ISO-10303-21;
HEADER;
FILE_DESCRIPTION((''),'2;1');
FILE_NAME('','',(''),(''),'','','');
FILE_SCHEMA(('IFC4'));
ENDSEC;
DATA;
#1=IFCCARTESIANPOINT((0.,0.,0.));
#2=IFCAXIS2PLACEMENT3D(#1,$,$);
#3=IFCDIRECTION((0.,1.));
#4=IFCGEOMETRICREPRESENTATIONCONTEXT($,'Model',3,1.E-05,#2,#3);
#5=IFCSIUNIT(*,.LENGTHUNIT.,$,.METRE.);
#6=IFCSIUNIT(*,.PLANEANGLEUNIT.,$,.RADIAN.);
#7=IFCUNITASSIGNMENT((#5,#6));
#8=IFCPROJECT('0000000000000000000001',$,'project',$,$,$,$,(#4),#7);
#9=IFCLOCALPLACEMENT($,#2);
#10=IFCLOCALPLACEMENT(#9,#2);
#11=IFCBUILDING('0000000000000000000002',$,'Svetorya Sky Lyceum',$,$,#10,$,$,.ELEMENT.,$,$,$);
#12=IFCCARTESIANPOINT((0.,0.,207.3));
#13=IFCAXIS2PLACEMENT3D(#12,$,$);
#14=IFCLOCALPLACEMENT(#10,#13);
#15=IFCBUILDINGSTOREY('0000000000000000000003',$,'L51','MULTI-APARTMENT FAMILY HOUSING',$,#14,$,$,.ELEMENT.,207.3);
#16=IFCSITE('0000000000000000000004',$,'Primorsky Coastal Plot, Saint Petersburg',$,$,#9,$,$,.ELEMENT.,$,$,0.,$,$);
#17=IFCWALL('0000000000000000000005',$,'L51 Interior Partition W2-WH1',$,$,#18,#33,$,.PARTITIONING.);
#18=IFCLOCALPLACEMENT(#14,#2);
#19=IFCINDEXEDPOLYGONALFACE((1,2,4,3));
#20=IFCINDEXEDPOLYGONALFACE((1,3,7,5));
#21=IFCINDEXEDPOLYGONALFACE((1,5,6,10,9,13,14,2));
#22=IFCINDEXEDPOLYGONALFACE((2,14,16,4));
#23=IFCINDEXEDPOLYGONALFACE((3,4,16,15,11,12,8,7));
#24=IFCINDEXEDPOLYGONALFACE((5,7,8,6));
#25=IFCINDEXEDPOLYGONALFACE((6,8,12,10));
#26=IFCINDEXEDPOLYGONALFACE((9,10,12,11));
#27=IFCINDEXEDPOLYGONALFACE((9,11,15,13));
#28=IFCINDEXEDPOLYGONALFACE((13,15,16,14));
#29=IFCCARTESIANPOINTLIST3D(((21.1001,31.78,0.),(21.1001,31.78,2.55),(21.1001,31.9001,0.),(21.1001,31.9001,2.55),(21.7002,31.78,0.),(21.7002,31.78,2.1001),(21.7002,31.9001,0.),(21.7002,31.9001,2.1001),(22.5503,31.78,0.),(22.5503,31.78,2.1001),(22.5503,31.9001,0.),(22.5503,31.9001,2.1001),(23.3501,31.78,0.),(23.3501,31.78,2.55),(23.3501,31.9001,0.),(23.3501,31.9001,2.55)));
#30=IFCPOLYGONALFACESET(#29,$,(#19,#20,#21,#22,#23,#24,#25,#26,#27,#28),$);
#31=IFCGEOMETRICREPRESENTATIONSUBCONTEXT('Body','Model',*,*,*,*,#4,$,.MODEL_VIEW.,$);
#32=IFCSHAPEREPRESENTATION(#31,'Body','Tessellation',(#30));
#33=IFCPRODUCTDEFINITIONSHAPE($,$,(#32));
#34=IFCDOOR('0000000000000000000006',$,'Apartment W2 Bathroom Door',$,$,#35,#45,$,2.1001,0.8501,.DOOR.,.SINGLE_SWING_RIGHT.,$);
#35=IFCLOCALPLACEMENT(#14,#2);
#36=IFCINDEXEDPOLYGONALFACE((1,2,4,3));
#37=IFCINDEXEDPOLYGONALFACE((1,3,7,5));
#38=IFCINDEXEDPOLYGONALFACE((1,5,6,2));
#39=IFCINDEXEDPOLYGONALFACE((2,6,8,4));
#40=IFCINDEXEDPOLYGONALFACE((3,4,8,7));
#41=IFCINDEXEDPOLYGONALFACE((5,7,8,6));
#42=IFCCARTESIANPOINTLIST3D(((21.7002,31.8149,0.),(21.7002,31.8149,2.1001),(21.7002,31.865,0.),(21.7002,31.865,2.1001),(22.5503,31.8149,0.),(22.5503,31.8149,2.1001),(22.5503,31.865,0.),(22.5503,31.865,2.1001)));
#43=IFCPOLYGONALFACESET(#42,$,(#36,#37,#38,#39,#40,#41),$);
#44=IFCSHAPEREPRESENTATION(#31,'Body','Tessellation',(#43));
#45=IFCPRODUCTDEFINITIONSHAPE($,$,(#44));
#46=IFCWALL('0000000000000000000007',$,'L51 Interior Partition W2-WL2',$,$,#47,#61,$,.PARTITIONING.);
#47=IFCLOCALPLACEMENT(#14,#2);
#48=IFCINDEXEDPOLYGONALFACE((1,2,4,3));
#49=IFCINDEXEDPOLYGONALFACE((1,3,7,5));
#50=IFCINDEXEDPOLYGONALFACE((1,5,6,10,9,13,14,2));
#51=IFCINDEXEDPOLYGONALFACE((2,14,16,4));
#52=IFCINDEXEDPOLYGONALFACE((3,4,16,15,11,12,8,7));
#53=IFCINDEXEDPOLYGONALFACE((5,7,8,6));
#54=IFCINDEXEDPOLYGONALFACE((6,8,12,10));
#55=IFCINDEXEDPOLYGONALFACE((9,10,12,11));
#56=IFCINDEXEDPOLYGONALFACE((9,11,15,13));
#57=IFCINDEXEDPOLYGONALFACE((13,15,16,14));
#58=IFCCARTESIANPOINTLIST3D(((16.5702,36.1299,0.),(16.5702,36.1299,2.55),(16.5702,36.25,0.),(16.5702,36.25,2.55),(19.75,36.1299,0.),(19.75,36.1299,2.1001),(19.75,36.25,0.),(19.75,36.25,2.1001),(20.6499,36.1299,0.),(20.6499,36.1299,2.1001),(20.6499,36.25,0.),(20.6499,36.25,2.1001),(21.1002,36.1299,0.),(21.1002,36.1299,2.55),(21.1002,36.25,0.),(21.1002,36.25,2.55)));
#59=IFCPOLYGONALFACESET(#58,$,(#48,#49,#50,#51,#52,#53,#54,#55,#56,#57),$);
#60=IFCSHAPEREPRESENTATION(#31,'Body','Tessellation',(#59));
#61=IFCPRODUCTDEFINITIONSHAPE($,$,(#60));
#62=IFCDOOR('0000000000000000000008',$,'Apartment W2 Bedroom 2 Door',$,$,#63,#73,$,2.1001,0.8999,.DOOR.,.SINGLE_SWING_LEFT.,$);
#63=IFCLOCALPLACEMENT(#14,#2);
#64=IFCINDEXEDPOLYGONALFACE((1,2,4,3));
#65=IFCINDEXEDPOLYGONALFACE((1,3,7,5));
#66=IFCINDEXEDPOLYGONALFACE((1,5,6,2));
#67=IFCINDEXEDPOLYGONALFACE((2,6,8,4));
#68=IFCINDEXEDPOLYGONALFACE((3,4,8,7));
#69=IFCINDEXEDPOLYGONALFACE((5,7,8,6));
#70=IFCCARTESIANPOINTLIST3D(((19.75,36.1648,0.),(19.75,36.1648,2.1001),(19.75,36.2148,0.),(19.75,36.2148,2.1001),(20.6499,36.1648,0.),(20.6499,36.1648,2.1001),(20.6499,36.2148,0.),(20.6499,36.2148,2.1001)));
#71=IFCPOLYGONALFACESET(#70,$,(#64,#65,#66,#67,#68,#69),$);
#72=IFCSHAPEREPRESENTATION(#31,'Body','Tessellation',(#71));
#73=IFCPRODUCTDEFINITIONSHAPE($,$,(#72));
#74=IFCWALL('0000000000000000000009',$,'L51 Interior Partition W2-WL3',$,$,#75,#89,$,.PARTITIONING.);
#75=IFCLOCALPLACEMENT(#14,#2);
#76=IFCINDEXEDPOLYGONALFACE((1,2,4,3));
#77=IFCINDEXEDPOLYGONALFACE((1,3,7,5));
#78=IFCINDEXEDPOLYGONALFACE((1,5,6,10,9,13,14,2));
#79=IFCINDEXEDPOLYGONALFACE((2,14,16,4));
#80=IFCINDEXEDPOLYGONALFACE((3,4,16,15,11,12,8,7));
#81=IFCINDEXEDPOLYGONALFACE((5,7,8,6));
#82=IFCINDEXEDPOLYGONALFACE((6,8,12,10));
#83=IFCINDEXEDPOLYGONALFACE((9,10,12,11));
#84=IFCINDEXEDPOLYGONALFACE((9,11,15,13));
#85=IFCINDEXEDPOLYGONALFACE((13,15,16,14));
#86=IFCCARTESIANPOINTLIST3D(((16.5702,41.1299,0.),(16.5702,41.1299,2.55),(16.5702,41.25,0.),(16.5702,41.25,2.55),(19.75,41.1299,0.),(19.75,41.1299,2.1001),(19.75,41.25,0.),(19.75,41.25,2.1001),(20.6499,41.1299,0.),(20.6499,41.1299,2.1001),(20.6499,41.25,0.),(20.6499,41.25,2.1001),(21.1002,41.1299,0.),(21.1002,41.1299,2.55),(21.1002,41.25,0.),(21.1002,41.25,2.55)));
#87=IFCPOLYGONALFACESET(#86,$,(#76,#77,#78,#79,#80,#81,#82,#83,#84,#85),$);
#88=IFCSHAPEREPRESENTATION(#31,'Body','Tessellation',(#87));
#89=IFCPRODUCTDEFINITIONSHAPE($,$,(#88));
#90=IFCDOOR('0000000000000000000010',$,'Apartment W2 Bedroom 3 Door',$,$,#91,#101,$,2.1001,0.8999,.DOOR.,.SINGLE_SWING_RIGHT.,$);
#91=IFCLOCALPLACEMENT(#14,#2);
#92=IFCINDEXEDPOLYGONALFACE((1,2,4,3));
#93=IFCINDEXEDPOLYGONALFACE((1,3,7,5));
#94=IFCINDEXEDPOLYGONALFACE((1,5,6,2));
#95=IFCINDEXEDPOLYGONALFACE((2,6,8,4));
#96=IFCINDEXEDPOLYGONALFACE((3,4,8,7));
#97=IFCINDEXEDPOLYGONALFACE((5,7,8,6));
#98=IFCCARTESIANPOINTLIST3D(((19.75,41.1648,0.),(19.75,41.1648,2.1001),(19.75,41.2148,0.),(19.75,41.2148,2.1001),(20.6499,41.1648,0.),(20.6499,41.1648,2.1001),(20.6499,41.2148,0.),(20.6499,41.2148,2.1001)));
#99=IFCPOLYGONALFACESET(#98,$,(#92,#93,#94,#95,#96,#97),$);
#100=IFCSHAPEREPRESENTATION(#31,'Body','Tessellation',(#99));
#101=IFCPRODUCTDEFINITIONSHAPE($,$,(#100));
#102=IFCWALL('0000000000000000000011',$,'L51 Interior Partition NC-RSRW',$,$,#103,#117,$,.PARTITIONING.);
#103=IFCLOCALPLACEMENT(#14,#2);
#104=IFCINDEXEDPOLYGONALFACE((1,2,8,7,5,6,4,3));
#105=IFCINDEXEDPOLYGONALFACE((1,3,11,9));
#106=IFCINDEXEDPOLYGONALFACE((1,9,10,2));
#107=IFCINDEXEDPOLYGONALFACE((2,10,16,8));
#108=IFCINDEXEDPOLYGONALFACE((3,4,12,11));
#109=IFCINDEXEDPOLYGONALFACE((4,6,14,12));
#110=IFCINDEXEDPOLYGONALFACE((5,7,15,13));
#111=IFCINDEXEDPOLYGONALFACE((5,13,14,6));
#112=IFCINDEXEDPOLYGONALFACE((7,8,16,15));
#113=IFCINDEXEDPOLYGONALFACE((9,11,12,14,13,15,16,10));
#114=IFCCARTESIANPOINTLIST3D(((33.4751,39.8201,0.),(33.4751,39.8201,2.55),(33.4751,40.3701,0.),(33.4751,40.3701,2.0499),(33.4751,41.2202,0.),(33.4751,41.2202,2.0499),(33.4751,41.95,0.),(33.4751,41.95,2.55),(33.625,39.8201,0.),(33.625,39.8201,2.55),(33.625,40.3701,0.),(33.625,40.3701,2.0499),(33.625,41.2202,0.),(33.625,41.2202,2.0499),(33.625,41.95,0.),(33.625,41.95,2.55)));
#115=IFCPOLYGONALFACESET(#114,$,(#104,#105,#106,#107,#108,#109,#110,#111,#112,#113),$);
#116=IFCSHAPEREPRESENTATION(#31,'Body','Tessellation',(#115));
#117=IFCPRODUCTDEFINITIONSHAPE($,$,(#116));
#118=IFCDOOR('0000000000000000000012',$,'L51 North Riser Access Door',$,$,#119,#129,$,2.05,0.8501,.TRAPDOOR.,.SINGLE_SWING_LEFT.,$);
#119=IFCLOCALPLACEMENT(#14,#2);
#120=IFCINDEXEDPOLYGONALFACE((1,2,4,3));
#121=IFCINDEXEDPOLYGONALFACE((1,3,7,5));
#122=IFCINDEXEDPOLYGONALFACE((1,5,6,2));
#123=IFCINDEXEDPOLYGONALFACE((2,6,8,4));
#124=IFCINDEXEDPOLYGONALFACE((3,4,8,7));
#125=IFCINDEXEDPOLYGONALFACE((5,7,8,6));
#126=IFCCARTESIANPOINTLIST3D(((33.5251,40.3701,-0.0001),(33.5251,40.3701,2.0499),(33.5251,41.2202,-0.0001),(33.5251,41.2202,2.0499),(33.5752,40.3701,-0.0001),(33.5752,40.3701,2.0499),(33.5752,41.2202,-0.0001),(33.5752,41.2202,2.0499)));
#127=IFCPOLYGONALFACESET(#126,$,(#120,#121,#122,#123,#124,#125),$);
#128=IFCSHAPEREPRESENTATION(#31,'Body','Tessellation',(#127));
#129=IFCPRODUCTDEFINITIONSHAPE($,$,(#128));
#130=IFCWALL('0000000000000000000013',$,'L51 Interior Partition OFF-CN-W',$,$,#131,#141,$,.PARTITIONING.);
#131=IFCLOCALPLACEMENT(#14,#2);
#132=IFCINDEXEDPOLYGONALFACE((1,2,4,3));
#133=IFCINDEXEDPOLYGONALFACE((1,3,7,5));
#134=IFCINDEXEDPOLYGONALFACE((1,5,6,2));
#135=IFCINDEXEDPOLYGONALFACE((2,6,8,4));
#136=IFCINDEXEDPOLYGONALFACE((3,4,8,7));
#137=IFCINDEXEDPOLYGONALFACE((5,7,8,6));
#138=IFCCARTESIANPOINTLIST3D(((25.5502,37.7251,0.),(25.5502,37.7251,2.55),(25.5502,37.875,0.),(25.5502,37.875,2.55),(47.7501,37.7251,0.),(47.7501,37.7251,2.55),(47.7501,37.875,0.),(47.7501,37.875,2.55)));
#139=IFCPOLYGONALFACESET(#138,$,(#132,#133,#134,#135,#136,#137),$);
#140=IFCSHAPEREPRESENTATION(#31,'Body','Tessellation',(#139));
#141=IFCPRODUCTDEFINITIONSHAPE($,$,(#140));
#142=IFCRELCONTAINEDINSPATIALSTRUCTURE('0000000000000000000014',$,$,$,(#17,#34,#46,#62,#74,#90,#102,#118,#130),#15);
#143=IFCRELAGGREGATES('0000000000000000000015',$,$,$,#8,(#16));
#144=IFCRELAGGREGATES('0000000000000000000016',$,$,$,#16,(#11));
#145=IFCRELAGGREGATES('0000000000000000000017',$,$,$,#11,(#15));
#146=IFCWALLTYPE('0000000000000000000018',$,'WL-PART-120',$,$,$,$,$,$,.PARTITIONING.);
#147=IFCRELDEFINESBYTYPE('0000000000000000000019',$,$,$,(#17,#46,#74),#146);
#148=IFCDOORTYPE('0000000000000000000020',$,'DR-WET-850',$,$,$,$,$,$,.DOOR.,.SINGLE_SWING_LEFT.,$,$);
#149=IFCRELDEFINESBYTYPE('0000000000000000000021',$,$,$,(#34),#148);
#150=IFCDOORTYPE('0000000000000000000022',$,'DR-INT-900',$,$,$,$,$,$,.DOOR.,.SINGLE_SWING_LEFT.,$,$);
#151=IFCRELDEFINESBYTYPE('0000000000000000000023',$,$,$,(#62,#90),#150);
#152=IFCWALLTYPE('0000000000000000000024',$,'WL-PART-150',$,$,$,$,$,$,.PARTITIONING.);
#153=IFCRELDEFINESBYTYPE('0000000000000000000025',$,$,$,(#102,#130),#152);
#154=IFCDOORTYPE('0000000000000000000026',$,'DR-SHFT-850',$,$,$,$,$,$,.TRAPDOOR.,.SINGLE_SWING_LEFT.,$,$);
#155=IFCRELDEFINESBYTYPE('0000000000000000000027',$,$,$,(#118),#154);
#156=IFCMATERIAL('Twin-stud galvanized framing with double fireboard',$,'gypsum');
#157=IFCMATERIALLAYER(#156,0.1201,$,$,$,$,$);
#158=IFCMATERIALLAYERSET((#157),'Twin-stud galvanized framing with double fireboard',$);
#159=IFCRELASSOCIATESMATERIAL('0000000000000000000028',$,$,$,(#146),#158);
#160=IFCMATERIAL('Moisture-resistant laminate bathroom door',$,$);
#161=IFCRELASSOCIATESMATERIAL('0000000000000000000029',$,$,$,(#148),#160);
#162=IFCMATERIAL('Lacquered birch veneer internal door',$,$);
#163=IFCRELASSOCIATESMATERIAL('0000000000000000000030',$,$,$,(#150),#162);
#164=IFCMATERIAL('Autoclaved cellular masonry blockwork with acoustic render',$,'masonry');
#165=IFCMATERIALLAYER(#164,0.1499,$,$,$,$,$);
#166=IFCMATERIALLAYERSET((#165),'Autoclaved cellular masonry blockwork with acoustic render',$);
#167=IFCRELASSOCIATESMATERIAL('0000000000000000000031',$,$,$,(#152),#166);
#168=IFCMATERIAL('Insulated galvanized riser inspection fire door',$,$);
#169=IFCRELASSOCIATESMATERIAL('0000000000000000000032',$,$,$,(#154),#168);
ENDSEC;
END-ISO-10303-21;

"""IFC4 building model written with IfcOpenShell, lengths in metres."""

from ifc_helpers import new_model, si_unit, direction, frame, frame_2d, origin, place, context, subcontext, project, spatial, rectangle, extrude, material, layer, layer_set, type_object, element, fill, save


model = new_model("IFC4")

# Units and contexts
model_context = context("Model", 3, precision=1e-05, world=origin(), true_north=direction((0.0, 1.0)))
body_context = subcontext(model_context, "Body", "Model", "MODEL_VIEW")
ifc_project = project(units=[si_unit("LENGTHUNIT", "METRE"), si_unit("PLANEANGLEUNIT", "RADIAN")], contexts=[model_context])

# Site, building, storey
site_placement = place(None, origin())
site = spatial("IfcSite", under=ifc_project, at=site_placement, Name="Primorsky Coastal Plot, Saint Petersburg", CompositionType="ELEMENT", RefElevation=0.0)
building_placement = place(site_placement, origin())
building = spatial("IfcBuilding", under=site, at=building_placement, Name="Svetorya Sky Lyceum", CompositionType="ELEMENT")
storey_placement = place(building_placement, frame((0.0, 0.0, 207.3)))
storey = spatial("IfcBuildingStorey", under=building, at=storey_placement, Name="L51", Description="MULTI-APARTMENT FAMILY HOUSING", CompositionType="ELEMENT", Elevation=207.3)

# Walls, openings, doors
ifc_material_1 = material(Name="Twin-stud galvanized framing with double fireboard", Category="gypsum")
ifc_layer_1 = layer(ifc_material_1, 0.1201)
ifc_layer_set_1 = layer_set([ifc_layer_1], Name="Twin-stud galvanized framing with double fireboard")
wall_type_1 = type_object("IfcWallType", Name="WL-PART-120", PredefinedType="PARTITIONING", material=ifc_layer_set_1)
wall_1_placement = place(storey_placement, frame((21.1001, 31.8401, 0.0), z_axis=(0.0, 0.0, 1.0), x_axis=(1.0, 0.0, 0.0)))
wall_1 = element("IfcWall", 1, at=wall_1_placement, inside=storey, type_object=wall_type_1, Name="L51 Interior Partition W2-WH1", PredefinedType="PARTITIONING", context=body_context, shape_type="SweptSolid", body=[
    extrude(rectangle(XDim=2.25, YDim=0.1201, at=frame_2d((1.125, 0.0))), origin(), (0.0, 0.0, 1.0), 2.55),
])
opening_1_placement = place(wall_1_placement, frame((0.6001, 0.0, 0.0)))
opening_1 = element("IfcOpeningElement", 2, at=opening_1_placement, cuts=wall_1, PredefinedType="OPENING", context=body_context, shape_type="SweptSolid", body=[
    extrude(rectangle(XDim=0.8501, YDim=2.1001, at=frame_2d((0.425, 1.05))), frame((0.0, 0.0701, 0.0), z_axis=(0.0, -1.0, 0.0), x_axis=(1.0, 0.0, 0.0)), (0.0, 0.0, 1.0), 0.1401),
])
ifc_material_2 = material(Name="Moisture-resistant laminate bathroom door")
door_type_1 = type_object("IfcDoorType", Name="DR-WET-850", OperationType="SINGLE_SWING_LEFT", PredefinedType="DOOR", material=ifc_material_2)
door_1_placement = place(opening_1_placement, origin())
door_1 = element("IfcDoor", 3, at=door_1_placement, inside=storey, type_object=door_type_1, Name="Apartment W2 Bathroom Door", OperationType="SINGLE_SWING_RIGHT", OverallHeight=2.1001, OverallWidth=0.8501, PredefinedType="DOOR", context=body_context, shape_type="SweptSolid", body=[
    extrude(rectangle(XDim=0.8501, YDim=2.1001, at=frame_2d((0.425, 1.05))), frame((0.0, 0.0249, 0.0), z_axis=(0.0, -1.0, 0.0), x_axis=(1.0, 0.0, 0.0)), (0.0, 0.0, 1.0), 0.05),
])
fill(opening_1, door_1)
wall_2_placement = place(storey_placement, frame((16.5701, 36.1899, 0.0), z_axis=(0.0, 0.0, 1.0), x_axis=(1.0, 0.0, 0.0)))
wall_2 = element("IfcWall", 4, at=wall_2_placement, inside=storey, type_object=wall_type_1, Name="L51 Interior Partition W2-WL2", PredefinedType="PARTITIONING", context=body_context, shape_type="SweptSolid", body=[
    extrude(rectangle(XDim=4.53, YDim=0.1201, at=frame_2d((2.2651, 0.0))), origin(), (0.0, 0.0, 1.0), 2.55),
])
opening_2_placement = place(wall_2_placement, frame((3.1799, 0.0, 0.0)))
opening_2 = element("IfcOpeningElement", 5, at=opening_2_placement, cuts=wall_2, PredefinedType="OPENING", context=body_context, shape_type="SweptSolid", body=[
    extrude(rectangle(XDim=0.8999, YDim=2.1001, at=frame_2d((0.45, 1.05))), frame((0.0, 0.0701, 0.0), z_axis=(0.0, -1.0, 0.0), x_axis=(1.0, 0.0, 0.0)), (0.0, 0.0, 1.0), 0.1401),
])
ifc_material_3 = material(Name="Lacquered birch veneer internal door")
door_type_2 = type_object("IfcDoorType", Name="DR-INT-900", OperationType="SINGLE_SWING_LEFT", PredefinedType="DOOR", material=ifc_material_3)
door_2_placement = place(opening_2_placement, origin())
door_2 = element("IfcDoor", 6, at=door_2_placement, inside=storey, type_object=door_type_2, Name="Apartment W2 Bedroom 2 Door", OperationType="SINGLE_SWING_LEFT", OverallHeight=2.1001, OverallWidth=0.8999, PredefinedType="DOOR", context=body_context, shape_type="SweptSolid", body=[
    extrude(rectangle(XDim=0.8999, YDim=2.1001, at=frame_2d((0.45, 1.05))), frame((0.0, 0.0249, 0.0), z_axis=(0.0, -1.0, 0.0), x_axis=(1.0, 0.0, 0.0)), (0.0, 0.0, 1.0), 0.05),
])
fill(opening_2, door_2)
wall_3_placement = place(storey_placement, frame((16.5701, 41.1899, 0.0), z_axis=(0.0, 0.0, 1.0), x_axis=(1.0, 0.0, 0.0)))
wall_3 = element("IfcWall", 7, at=wall_3_placement, inside=storey, type_object=wall_type_1, Name="L51 Interior Partition W2-WL3", PredefinedType="PARTITIONING", context=body_context, shape_type="SweptSolid", body=[
    extrude(rectangle(XDim=4.53, YDim=0.1201, at=frame_2d((2.2651, 0.0))), origin(), (0.0, 0.0, 1.0), 2.55),
])
opening_3_placement = place(wall_3_placement, frame((3.1799, 0.0, 0.0)))
opening_3 = element("IfcOpeningElement", 8, at=opening_3_placement, cuts=wall_3, PredefinedType="OPENING", context=body_context, shape_type="SweptSolid", body=[
    extrude(rectangle(XDim=0.8999, YDim=2.1001, at=frame_2d((0.45, 1.05))), frame((0.0, 0.0701, 0.0), z_axis=(0.0, -1.0, 0.0), x_axis=(1.0, 0.0, 0.0)), (0.0, 0.0, 1.0), 0.1401),
])
door_3_placement = place(opening_3_placement, origin())
door_3 = element("IfcDoor", 9, at=door_3_placement, inside=storey, type_object=door_type_2, Name="Apartment W2 Bedroom 3 Door", OperationType="SINGLE_SWING_RIGHT", OverallHeight=2.1001, OverallWidth=0.8999, PredefinedType="DOOR", context=body_context, shape_type="SweptSolid", body=[
    extrude(rectangle(XDim=0.8999, YDim=2.1001, at=frame_2d((0.45, 1.05))), frame((0.0, 0.0249, 0.0), z_axis=(0.0, -1.0, 0.0), x_axis=(1.0, 0.0, 0.0)), (0.0, 0.0, 1.0), 0.05),
])
fill(opening_3, door_3)
ifc_material_4 = material(Name="Autoclaved cellular masonry blockwork with acoustic render", Category="masonry")
ifc_layer_2 = layer(ifc_material_4, 0.1499)
ifc_layer_set_2 = layer_set([ifc_layer_2], Name="Autoclaved cellular masonry blockwork with acoustic render")
wall_type_2 = type_object("IfcWallType", Name="WL-PART-150", PredefinedType="PARTITIONING", material=ifc_layer_set_2)
wall_4_placement = place(storey_placement, frame((33.55, 39.8201, 0.0), z_axis=(0.0, 0.0, 1.0), x_axis=(0.0, 1.0, 0.0)))
wall_4 = element("IfcWall", 10, at=wall_4_placement, inside=storey, type_object=wall_type_2, Name="L51 Interior Partition NC-RSRW", PredefinedType="PARTITIONING", context=body_context, shape_type="SweptSolid", body=[
    extrude(rectangle(XDim=2.1299, YDim=0.1499, at=frame_2d((1.0649, 0.0))), origin(), (0.0, 0.0, 1.0), 2.55),
])
opening_4_placement = place(wall_4_placement, frame((0.55, 0.0, 0.0)))
opening_4 = element("IfcOpeningElement", 11, at=opening_4_placement, cuts=wall_4, PredefinedType="OPENING", context=body_context, shape_type="SweptSolid", body=[
    extrude(rectangle(XDim=0.8501, YDim=2.05, at=frame_2d((0.425, 1.0249))), frame((0.0, 0.085, 0.0), z_axis=(0.0, -1.0, 0.0), x_axis=(1.0, 0.0, 0.0)), (0.0, 0.0, 1.0), 0.1699),
])
ifc_material_5 = material(Name="Insulated galvanized riser inspection fire door")
door_type_3 = type_object("IfcDoorType", Name="DR-SHFT-850", OperationType="SINGLE_SWING_LEFT", PredefinedType="TRAPDOOR", material=ifc_material_5)
door_4_placement = place(opening_4_placement, origin())
door_4 = element("IfcDoor", 12, at=door_4_placement, inside=storey, type_object=door_type_3, Name="L51 North Riser Access Door", OperationType="SINGLE_SWING_LEFT", OverallHeight=2.05, OverallWidth=0.8501, PredefinedType="TRAPDOOR", context=body_context, shape_type="SweptSolid", body=[
    extrude(rectangle(XDim=0.8501, YDim=2.05, at=frame_2d((0.425, 1.0249))), frame((0.0, 0.0249, 0.0), z_axis=(0.0, -1.0, 0.0), x_axis=(1.0, 0.0, 0.0)), (0.0, 0.0, 1.0), 0.05),
])
fill(opening_4, door_4)

# Wall
wall_5_placement = place(storey_placement, frame((25.55, 37.8, 0.0), z_axis=(0.0, 0.0, 1.0), x_axis=(1.0, 0.0, 0.0)))
element("IfcWall", 13, at=wall_5_placement, inside=storey, type_object=wall_type_2, Name="L51 Interior Partition OFF-CN-W", PredefinedType="PARTITIONING", context=body_context, shape_type="SweptSolid", body=[
    extrude(rectangle(XDim=22.2, YDim=0.1499, at=frame_2d((11.1001, 0.0))), origin(), (0.0, 0.0, 1.0), 2.55),
])

save(model, "model.ifc")
